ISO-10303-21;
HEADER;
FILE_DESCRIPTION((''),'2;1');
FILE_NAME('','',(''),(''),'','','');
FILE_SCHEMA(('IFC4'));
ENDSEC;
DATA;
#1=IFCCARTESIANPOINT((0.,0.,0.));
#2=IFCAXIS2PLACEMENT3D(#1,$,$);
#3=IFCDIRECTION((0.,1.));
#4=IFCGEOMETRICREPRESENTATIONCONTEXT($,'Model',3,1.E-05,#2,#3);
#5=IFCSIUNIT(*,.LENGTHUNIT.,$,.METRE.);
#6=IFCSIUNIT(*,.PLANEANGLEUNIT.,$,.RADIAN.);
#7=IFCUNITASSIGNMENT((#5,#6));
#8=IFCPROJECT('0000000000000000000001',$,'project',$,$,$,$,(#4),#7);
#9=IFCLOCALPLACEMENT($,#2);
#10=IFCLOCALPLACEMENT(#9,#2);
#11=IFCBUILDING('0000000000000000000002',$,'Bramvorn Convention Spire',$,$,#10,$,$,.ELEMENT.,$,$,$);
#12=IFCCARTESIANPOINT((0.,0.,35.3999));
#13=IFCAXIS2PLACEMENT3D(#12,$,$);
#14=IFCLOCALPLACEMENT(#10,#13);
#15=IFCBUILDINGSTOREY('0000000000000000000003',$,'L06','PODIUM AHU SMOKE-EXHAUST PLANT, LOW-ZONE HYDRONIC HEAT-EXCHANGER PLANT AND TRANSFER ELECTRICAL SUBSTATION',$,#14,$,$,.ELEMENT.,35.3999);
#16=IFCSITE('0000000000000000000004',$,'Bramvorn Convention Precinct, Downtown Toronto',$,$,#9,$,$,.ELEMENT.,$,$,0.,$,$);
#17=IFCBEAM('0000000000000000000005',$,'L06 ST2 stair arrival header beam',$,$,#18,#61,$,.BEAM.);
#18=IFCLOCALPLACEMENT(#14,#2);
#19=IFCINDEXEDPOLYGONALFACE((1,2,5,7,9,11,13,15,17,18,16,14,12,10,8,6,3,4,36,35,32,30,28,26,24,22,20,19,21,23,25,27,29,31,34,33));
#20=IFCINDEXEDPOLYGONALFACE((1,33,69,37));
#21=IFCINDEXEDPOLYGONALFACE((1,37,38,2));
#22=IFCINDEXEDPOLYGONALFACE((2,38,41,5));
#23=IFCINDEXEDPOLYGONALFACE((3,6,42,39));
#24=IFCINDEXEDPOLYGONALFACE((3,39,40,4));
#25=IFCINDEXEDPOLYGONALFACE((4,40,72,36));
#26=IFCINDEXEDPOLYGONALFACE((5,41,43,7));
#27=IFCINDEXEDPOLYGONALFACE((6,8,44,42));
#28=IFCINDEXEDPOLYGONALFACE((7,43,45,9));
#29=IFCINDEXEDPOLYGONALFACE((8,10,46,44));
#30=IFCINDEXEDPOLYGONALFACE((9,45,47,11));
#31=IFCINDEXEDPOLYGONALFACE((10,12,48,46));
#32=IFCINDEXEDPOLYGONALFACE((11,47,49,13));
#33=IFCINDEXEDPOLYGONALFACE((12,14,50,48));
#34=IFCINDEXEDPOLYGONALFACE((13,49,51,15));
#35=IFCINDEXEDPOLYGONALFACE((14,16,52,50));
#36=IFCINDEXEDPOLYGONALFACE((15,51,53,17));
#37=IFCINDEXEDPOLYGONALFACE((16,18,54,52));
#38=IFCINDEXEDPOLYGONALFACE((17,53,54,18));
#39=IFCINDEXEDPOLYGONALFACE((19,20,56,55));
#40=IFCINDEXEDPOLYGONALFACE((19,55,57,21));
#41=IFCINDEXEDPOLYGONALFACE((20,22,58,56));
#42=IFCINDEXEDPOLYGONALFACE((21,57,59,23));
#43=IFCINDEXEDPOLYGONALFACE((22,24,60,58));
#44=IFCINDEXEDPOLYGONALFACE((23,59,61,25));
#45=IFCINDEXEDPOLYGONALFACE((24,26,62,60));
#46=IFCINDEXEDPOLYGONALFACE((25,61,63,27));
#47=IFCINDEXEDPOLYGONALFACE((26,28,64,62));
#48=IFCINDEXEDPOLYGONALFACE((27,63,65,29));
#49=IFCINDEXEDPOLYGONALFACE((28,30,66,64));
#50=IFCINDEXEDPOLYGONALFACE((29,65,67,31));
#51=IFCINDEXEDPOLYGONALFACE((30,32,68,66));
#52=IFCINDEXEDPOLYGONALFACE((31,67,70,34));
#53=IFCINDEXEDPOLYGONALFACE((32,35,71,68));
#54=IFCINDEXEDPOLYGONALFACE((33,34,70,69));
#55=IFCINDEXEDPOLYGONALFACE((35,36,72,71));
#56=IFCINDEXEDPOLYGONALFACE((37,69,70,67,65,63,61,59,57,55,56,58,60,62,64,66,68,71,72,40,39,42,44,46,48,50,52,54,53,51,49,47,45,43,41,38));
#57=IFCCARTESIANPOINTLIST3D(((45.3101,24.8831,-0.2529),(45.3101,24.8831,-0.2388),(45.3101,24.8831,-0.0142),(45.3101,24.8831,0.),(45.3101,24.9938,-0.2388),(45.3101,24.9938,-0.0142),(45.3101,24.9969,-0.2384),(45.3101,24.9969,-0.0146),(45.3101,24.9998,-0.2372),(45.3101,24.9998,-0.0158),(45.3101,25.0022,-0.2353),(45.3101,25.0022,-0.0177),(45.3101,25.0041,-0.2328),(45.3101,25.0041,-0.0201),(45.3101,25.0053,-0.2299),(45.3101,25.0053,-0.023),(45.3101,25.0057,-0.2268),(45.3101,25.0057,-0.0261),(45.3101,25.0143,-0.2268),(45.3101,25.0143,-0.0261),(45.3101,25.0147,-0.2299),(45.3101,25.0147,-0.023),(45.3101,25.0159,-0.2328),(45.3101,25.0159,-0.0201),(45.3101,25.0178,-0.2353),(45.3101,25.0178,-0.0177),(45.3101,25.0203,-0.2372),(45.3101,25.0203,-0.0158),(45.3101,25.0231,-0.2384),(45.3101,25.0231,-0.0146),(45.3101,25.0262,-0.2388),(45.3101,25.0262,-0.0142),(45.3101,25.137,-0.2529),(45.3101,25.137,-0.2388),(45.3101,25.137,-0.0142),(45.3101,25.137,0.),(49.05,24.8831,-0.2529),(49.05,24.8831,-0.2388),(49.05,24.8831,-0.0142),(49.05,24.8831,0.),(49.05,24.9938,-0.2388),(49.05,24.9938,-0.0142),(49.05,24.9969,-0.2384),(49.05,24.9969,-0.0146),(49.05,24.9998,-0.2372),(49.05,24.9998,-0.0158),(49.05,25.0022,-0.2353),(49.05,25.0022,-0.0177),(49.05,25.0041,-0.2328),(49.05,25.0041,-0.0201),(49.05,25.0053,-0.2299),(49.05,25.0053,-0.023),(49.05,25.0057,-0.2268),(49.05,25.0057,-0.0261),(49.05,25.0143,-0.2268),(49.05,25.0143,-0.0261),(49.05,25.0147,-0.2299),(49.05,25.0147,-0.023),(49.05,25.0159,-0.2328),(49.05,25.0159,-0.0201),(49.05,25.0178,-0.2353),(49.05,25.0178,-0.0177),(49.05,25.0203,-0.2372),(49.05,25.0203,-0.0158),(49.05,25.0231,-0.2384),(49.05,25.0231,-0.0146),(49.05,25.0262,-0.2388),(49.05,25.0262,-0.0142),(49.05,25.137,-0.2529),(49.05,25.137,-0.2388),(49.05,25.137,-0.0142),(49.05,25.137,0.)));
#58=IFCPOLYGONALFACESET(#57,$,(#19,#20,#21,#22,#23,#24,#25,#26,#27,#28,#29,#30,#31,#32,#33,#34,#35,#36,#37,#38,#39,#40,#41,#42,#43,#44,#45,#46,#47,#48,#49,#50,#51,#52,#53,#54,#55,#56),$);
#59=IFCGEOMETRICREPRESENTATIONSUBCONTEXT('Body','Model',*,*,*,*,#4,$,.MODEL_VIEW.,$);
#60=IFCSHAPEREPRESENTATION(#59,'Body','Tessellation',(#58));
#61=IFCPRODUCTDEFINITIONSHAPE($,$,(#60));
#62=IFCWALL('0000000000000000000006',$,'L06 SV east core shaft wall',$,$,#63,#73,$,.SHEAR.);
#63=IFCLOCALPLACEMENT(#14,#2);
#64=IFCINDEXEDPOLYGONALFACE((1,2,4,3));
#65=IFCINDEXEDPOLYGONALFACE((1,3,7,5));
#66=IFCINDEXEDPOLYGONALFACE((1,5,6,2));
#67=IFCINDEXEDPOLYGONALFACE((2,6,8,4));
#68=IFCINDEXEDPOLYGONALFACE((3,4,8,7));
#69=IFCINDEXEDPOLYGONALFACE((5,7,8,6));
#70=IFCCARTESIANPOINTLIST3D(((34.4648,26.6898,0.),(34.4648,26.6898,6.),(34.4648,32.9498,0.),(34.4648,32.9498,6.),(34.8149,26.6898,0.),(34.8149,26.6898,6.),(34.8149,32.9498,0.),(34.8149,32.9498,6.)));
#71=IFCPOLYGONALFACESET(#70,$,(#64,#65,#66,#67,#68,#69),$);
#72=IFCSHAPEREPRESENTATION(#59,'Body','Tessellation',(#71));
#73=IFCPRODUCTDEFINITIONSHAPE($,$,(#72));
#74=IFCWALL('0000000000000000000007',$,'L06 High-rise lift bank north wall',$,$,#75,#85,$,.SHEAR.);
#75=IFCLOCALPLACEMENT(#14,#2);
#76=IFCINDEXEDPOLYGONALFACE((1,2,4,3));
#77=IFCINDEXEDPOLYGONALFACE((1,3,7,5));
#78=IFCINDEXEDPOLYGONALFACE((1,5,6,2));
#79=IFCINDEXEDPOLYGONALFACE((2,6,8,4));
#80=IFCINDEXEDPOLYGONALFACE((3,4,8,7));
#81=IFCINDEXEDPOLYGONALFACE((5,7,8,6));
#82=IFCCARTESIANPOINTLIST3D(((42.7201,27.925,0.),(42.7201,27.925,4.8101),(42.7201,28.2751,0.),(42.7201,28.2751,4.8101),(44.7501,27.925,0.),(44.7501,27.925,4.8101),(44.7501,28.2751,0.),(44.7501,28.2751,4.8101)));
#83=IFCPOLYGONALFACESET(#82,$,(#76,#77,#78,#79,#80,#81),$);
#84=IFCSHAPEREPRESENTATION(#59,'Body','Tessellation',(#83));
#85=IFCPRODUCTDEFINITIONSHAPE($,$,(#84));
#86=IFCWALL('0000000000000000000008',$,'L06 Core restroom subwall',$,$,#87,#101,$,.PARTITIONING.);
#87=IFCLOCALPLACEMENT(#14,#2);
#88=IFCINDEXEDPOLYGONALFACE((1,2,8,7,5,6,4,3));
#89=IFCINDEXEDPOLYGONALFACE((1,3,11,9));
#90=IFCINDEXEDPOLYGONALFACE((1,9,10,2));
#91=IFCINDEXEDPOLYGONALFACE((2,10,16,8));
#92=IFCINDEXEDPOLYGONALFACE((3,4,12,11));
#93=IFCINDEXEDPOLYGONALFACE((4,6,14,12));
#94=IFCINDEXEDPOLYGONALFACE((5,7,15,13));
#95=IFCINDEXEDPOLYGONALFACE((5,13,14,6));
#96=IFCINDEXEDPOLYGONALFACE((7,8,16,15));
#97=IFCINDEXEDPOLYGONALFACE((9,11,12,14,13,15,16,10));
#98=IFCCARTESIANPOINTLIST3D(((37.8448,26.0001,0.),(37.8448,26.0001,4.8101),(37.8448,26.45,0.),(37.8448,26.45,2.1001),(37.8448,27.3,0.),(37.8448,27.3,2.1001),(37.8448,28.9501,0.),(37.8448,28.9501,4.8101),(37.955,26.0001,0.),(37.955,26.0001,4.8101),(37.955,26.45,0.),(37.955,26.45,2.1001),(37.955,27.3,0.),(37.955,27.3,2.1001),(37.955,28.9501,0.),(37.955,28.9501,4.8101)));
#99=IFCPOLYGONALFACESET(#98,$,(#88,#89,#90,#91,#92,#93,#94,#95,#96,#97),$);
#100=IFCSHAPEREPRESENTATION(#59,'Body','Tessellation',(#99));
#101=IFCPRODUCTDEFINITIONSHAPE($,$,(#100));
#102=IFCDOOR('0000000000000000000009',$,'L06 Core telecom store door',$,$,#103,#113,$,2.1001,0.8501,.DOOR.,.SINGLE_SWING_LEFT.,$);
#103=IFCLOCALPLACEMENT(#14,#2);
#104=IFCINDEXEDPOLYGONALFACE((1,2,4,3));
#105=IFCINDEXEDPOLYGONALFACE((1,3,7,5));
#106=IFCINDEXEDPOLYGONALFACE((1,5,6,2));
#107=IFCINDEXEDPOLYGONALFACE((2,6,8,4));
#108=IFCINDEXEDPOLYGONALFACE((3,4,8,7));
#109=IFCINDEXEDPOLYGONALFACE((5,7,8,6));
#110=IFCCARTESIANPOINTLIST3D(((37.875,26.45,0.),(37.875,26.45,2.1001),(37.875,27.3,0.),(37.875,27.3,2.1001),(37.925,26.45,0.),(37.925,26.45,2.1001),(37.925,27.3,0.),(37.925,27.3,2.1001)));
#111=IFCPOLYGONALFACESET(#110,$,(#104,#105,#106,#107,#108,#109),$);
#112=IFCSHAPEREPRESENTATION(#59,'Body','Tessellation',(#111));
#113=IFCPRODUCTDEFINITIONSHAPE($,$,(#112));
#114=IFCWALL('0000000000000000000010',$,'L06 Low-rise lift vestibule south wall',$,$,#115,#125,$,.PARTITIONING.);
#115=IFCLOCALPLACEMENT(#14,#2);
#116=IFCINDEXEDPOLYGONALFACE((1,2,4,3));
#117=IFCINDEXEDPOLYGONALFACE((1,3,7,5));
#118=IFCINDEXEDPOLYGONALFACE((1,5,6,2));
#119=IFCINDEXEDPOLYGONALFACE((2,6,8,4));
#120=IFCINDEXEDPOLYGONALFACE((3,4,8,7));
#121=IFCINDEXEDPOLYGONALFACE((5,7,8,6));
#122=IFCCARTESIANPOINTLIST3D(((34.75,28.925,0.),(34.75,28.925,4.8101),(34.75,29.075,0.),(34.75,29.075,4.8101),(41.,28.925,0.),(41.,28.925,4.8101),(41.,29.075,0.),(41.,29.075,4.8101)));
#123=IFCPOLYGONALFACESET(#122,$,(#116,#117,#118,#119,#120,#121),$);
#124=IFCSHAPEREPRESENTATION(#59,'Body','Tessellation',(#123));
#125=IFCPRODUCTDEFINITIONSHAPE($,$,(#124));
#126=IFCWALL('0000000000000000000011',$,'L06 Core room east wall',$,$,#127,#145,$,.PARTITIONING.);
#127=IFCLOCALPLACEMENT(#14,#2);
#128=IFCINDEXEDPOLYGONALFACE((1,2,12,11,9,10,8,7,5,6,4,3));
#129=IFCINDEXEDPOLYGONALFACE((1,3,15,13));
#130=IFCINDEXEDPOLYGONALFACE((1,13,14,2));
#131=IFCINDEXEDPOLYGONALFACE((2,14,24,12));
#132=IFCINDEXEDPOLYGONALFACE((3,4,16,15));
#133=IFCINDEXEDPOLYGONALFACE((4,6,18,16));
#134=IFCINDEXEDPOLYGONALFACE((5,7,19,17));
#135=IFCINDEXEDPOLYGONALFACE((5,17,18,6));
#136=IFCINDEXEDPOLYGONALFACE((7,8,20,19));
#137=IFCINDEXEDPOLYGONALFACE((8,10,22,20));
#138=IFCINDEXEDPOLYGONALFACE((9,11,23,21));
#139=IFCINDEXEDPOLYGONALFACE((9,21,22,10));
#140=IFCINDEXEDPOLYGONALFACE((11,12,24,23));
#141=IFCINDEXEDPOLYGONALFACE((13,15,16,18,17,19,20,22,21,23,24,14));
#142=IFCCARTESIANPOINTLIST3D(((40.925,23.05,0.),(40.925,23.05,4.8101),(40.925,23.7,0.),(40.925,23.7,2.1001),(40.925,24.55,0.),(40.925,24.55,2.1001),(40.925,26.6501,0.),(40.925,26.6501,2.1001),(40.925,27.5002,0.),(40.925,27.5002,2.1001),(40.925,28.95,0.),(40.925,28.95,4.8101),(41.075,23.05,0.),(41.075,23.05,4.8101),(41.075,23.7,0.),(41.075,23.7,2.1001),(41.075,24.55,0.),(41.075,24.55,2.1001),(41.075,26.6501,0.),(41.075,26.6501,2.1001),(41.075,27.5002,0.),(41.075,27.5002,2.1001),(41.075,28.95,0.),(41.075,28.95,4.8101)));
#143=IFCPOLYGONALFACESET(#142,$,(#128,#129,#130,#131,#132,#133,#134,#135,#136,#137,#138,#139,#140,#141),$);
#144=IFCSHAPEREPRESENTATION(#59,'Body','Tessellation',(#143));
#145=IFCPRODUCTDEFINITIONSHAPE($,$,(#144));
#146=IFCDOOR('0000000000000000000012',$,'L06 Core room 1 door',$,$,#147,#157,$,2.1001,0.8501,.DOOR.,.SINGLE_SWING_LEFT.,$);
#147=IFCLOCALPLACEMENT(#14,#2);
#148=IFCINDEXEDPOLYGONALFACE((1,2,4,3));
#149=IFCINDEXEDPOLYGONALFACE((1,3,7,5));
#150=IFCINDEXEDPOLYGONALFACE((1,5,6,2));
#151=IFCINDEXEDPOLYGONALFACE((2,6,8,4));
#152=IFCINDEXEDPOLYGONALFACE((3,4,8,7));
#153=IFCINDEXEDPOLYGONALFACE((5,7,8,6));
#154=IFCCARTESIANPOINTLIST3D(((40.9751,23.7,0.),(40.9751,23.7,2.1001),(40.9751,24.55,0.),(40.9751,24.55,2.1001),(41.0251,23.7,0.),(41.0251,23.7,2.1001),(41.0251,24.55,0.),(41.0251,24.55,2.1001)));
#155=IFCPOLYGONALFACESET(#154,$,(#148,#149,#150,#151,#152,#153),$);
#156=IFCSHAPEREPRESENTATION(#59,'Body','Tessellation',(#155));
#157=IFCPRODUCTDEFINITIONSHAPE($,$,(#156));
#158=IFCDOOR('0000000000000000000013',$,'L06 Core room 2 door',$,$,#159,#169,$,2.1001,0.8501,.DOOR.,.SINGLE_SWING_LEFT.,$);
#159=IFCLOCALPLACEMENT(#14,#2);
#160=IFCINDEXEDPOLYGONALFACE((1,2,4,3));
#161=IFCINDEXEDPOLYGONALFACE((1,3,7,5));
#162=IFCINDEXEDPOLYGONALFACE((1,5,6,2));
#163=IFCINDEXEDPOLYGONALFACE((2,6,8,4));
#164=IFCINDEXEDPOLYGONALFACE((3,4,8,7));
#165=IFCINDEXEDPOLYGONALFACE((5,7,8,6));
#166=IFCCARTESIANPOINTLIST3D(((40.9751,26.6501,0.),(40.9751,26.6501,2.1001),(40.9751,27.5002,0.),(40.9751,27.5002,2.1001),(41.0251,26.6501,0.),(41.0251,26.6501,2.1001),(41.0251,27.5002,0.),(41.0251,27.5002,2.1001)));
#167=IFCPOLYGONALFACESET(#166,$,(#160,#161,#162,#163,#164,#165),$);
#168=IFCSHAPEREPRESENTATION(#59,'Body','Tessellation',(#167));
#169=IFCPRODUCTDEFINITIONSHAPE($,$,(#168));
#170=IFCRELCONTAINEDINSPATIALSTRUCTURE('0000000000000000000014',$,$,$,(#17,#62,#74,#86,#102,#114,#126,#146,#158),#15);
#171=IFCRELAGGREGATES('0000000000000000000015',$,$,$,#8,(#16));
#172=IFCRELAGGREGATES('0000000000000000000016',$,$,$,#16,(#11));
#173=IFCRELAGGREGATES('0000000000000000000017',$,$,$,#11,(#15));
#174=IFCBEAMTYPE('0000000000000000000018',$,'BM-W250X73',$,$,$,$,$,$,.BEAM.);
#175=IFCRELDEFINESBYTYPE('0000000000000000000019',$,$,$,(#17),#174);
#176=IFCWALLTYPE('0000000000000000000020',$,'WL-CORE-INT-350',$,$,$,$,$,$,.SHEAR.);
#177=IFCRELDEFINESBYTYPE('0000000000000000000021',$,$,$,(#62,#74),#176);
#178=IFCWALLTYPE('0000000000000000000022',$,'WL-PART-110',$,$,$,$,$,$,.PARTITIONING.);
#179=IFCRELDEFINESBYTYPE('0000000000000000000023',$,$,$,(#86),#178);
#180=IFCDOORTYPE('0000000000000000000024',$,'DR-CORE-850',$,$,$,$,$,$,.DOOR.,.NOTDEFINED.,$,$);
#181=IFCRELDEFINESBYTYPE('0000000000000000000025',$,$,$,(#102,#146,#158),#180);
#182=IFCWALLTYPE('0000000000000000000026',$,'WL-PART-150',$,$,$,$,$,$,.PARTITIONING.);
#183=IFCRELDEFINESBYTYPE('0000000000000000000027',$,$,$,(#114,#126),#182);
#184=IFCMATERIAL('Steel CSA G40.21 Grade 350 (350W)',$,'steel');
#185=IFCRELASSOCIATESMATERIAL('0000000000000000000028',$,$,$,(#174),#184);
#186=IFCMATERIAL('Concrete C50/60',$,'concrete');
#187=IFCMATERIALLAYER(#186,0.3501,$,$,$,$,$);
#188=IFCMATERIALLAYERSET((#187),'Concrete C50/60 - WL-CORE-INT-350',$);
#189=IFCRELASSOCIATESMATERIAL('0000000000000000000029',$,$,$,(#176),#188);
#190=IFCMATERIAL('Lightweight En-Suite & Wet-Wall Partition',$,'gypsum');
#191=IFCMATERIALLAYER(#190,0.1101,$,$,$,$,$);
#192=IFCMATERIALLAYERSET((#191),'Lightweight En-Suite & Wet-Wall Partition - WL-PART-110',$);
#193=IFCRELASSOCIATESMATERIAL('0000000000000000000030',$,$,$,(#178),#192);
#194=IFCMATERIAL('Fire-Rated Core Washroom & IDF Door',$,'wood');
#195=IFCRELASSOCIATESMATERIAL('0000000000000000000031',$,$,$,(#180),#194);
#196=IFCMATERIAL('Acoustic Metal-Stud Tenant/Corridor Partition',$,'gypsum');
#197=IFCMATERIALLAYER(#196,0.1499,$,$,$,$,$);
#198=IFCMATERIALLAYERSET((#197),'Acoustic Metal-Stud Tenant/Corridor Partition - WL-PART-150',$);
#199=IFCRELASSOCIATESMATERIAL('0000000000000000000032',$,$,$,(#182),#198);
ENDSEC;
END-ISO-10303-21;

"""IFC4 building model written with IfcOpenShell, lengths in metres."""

from ifc_helpers import new_model, si_unit, direction, frame, frame_2d, origin, origin_2d, place, context, subcontext, project, spatial, rectangle, i_section, extrude, material, layer, layer_set, material_profile, profile_set, type_object, element, fill, save


model = new_model("IFC4")

# Units and contexts
model_context = context("Model", 3, precision=1e-05, world=origin(), true_north=direction((0.0, 1.0)))
body_context = subcontext(model_context, "Body", "Model", "MODEL_VIEW")
ifc_project = project(units=[si_unit("LENGTHUNIT", "METRE"), si_unit("PLANEANGLEUNIT", "RADIAN")], contexts=[model_context])

# Site, building, storey
site_placement = place(None, origin())
site = spatial("IfcSite", under=ifc_project, at=site_placement, Name="Bramvorn Convention Precinct, Downtown Toronto", CompositionType="ELEMENT", RefElevation=0.0)
building_placement = place(site_placement, origin())
building = spatial("IfcBuilding", under=site, at=building_placement, Name="Bramvorn Convention Spire", CompositionType="ELEMENT")
storey_placement = place(building_placement, frame((0.0, 0.0, 35.3999)))
storey = spatial("IfcBuildingStorey", under=building, at=storey_placement, Name="L06", Description="PODIUM AHU SMOKE-EXHAUST PLANT, LOW-ZONE HYDRONIC HEAT-EXCHANGER PLANT AND TRANSFER ELECTRICAL SUBSTATION", CompositionType="ELEMENT", Elevation=35.3999)

# Beam
ifc_material_1 = material(Name="Steel CSA G40.21 Grade 350 (350W)", Category="steel")
ifc_material_profile = material_profile(ifc_material_1, i_section(OverallWidth=0.2539, OverallDepth=0.2529, WebThickness=0.0085, FlangeThickness=0.0142, FilletRadius=0.012, at=origin_2d()))
ifc_profile_set = profile_set([ifc_material_profile], Name="Steel CSA G40.21 Grade 350 (350W) - W250X73")
beam_type = type_object("IfcBeamType", Name="BM-W250X73", PredefinedType="BEAM", material=ifc_profile_set)
beam_placement = place(storey_placement, frame((45.3101, 25.01, -0.1265), z_axis=(1.0, 0.0, 0.0), x_axis=(0.0, 1.0, 0.0)))
element("IfcBeam", 1, at=beam_placement, inside=storey, type_object=beam_type, Name="L06 ST2 stair arrival header beam", PredefinedType="BEAM", context=body_context, shape_type="SweptSolid", body=[
    extrude(i_section(OverallWidth=0.2539, OverallDepth=0.2529, WebThickness=0.0085, FlangeThickness=0.0142, FilletRadius=0.012, at=origin_2d()), origin(), (0.0, 0.0, 1.0), 3.74),
])

# Walls
ifc_material_2 = material(Name="Concrete C50/60", Category="concrete")
ifc_layer_1 = layer(ifc_material_2, 0.3501)
ifc_layer_set_1 = layer_set([ifc_layer_1], Name="Concrete C50/60 - WL-CORE-INT-350")
wall_type_1 = type_object("IfcWallType", Name="WL-CORE-INT-350", PredefinedType="SHEAR", material=ifc_layer_set_1)
wall_1_placement = place(storey_placement, frame((34.6399, 26.6899, 0.0), z_axis=(0.0, 0.0, 1.0), x_axis=(0.0, 1.0, 0.0)))
element("IfcWall", 2, at=wall_1_placement, inside=storey, type_object=wall_type_1, Name="L06 SV east core shaft wall", PredefinedType="SHEAR", context=body_context, shape_type="SweptSolid", body=[
    extrude(rectangle(XDim=6.26, YDim=0.3501, at=frame_2d((3.1299, 0.0))), origin(), (0.0, 0.0, 1.0), 6.0),
])
wall_2_placement = place(storey_placement, frame((42.72, 28.1001, 0.0), z_axis=(0.0, 0.0, 1.0), x_axis=(1.0, 0.0, 0.0)))
element("IfcWall", 3, at=wall_2_placement, inside=storey, type_object=wall_type_1, Name="L06 High-rise lift bank north wall", PredefinedType="SHEAR", context=body_context, shape_type="SweptSolid", body=[
    extrude(rectangle(XDim=2.03, YDim=0.3501, at=frame_2d((1.0151, 0.0))), origin(), (0.0, 0.0, 1.0), 4.8101),
])

# Wall, opening, door
ifc_material_3 = material(Name="Lightweight En-Suite & Wet-Wall Partition", Category="gypsum")
ifc_layer_2 = layer(ifc_material_3, 0.1101)
ifc_layer_set_2 = layer_set([ifc_layer_2], Name="Lightweight En-Suite & Wet-Wall Partition - WL-PART-110")
wall_type_2 = type_object("IfcWallType", Name="WL-PART-110", PredefinedType="PARTITIONING", material=ifc_layer_set_2)
wall_3_placement = place(storey_placement, frame((37.8999, 26.0, 0.0), z_axis=(0.0, 0.0, 1.0), x_axis=(0.0, 1.0, 0.0)))
wall_3 = element("IfcWall", 4, at=wall_3_placement, inside=storey, type_object=wall_type_2, Name="L06 Core restroom subwall", PredefinedType="PARTITIONING", context=body_context, shape_type="SweptSolid", body=[
    extrude(rectangle(XDim=2.95, YDim=0.1101, at=frame_2d((1.4751, 0.0))), origin(), (0.0, 0.0, 1.0), 4.8101),
])
opening_1_placement = place(wall_3_placement, frame((0.45, 0.0, 0.0)))
opening_1 = element("IfcOpeningElement", 5, at=opening_1_placement, cuts=wall_3, PredefinedType="OPENING", context=body_context, shape_type="SweptSolid", body=[
    extrude(rectangle(XDim=0.8501, YDim=2.1001, at=frame_2d((0.425, 1.05))), frame((0.0, 0.0649, 0.0), z_axis=(0.0, -1.0, 0.0), x_axis=(1.0, 0.0, 0.0)), (0.0, 0.0, 1.0), 0.1301),
])
ifc_material_4 = material(Name="Fire-Rated Core Washroom & IDF Door", Category="wood")
door_type_1 = type_object("IfcDoorType", Name="DR-CORE-850", OperationType="NOTDEFINED", PredefinedType="DOOR", material=ifc_material_4)
door_1_placement = place(opening_1_placement, origin())
door_1 = element("IfcDoor", 6, at=door_1_placement, inside=storey, type_object=door_type_1, Name="L06 Core telecom store door", OperationType="SINGLE_SWING_LEFT", OverallHeight=2.1001, OverallWidth=0.8501, PredefinedType="DOOR", context=body_context, shape_type="SweptSolid", body=[
    extrude(rectangle(XDim=0.8501, YDim=2.1001, at=frame_2d((0.425, 1.05))), frame((0.0, 0.0249, 0.0), z_axis=(0.0, -1.0, 0.0), x_axis=(1.0, 0.0, 0.0)), (0.0, 0.0, 1.0), 0.05),
])
fill(opening_1, door_1)

# Wall
ifc_material_5 = material(Name="Acoustic Metal-Stud Tenant/Corridor Partition", Category="gypsum")
ifc_layer_3 = layer(ifc_material_5, 0.1499)
ifc_layer_set_3 = layer_set([ifc_layer_3], Name="Acoustic Metal-Stud Tenant/Corridor Partition - WL-PART-150")
wall_type_3 = type_object("IfcWallType", Name="WL-PART-150", PredefinedType="PARTITIONING", material=ifc_layer_set_3)
wall_4_placement = place(storey_placement, frame((34.75, 29.0, 0.0), z_axis=(0.0, 0.0, 1.0), x_axis=(1.0, 0.0, 0.0)))
element("IfcWall", 7, at=wall_4_placement, inside=storey, type_object=wall_type_3, Name="L06 Low-rise lift vestibule south wall", PredefinedType="PARTITIONING", context=body_context, shape_type="SweptSolid", body=[
    extrude(rectangle(XDim=6.25, YDim=0.1499, at=frame_2d((3.125, 0.0))), origin(), (0.0, 0.0, 1.0), 4.8101),
])

# Wall, openings, doors
wall_5_placement = place(storey_placement, frame((41.0, 23.05, 0.0), z_axis=(0.0, 0.0, 1.0), x_axis=(0.0, 1.0, 0.0)))
wall_5 = element("IfcWall", 8, at=wall_5_placement, inside=storey, type_object=wall_type_3, Name="L06 Core room east wall", PredefinedType="PARTITIONING", context=body_context, shape_type="SweptSolid", body=[
    extrude(rectangle(XDim=5.8999, YDim=0.1499, at=frame_2d((2.95, 0.0))), origin(), (0.0, 0.0, 1.0), 4.8101),
])
opening_2_placement = place(wall_5_placement, frame((0.6499, 0.0, 0.0)))
opening_2 = element("IfcOpeningElement", 9, at=opening_2_placement, cuts=wall_5, PredefinedType="OPENING", context=body_context, shape_type="SweptSolid", body=[
    extrude(rectangle(XDim=0.8501, YDim=2.1001, at=frame_2d((0.425, 1.05))), frame((0.0, 0.085, 0.0), z_axis=(0.0, -1.0, 0.0), x_axis=(1.0, 0.0, 0.0)), (0.0, 0.0, 1.0), 0.1699),
])
opening_3_placement = place(wall_5_placement, frame((3.6001, 0.0, 0.0)))
opening_3 = element("IfcOpeningElement", 10, at=opening_3_placement, cuts=wall_5, PredefinedType="OPENING", context=body_context, shape_type="SweptSolid", body=[
    extrude(rectangle(XDim=0.8501, YDim=2.1001, at=frame_2d((0.425, 1.05))), frame((0.0, 0.085, 0.0), z_axis=(0.0, -1.0, 0.0), x_axis=(1.0, 0.0, 0.0)), (0.0, 0.0, 1.0), 0.1699),
])
door_2_placement = place(opening_2_placement, origin())
door_2 = element("IfcDoor", 11, at=door_2_placement, inside=storey, type_object=door_type_1, Name="L06 Core room 1 door", OperationType="SINGLE_SWING_LEFT", OverallHeight=2.1001, OverallWidth=0.8501, PredefinedType="DOOR", context=body_context, shape_type="SweptSolid", body=[
    extrude(rectangle(XDim=0.8501, YDim=2.1001, at=frame_2d((0.425, 1.05))), frame((0.0, 0.0249, 0.0), z_axis=(0.0, -1.0, 0.0), x_axis=(1.0, 0.0, 0.0)), (0.0, 0.0, 1.0), 0.05),
])
fill(opening_2, door_2)
door_3_placement = place(opening_3_placement, origin())
door_3 = element("IfcDoor", 12, at=door_3_placement, inside=storey, type_object=door_type_1, Name="L06 Core room 2 door", OperationType="SINGLE_SWING_LEFT", OverallHeight=2.1001, OverallWidth=0.8501, PredefinedType="DOOR", context=body_context, shape_type="SweptSolid", body=[
    extrude(rectangle(XDim=0.8501, YDim=2.1001, at=frame_2d((0.425, 1.05))), frame((0.0, 0.0249, 0.0), z_axis=(0.0, -1.0, 0.0), x_axis=(1.0, 0.0, 0.0)), (0.0, 0.0, 1.0), 0.05),
])
fill(opening_3, door_3)

save(model, "model.ifc")
